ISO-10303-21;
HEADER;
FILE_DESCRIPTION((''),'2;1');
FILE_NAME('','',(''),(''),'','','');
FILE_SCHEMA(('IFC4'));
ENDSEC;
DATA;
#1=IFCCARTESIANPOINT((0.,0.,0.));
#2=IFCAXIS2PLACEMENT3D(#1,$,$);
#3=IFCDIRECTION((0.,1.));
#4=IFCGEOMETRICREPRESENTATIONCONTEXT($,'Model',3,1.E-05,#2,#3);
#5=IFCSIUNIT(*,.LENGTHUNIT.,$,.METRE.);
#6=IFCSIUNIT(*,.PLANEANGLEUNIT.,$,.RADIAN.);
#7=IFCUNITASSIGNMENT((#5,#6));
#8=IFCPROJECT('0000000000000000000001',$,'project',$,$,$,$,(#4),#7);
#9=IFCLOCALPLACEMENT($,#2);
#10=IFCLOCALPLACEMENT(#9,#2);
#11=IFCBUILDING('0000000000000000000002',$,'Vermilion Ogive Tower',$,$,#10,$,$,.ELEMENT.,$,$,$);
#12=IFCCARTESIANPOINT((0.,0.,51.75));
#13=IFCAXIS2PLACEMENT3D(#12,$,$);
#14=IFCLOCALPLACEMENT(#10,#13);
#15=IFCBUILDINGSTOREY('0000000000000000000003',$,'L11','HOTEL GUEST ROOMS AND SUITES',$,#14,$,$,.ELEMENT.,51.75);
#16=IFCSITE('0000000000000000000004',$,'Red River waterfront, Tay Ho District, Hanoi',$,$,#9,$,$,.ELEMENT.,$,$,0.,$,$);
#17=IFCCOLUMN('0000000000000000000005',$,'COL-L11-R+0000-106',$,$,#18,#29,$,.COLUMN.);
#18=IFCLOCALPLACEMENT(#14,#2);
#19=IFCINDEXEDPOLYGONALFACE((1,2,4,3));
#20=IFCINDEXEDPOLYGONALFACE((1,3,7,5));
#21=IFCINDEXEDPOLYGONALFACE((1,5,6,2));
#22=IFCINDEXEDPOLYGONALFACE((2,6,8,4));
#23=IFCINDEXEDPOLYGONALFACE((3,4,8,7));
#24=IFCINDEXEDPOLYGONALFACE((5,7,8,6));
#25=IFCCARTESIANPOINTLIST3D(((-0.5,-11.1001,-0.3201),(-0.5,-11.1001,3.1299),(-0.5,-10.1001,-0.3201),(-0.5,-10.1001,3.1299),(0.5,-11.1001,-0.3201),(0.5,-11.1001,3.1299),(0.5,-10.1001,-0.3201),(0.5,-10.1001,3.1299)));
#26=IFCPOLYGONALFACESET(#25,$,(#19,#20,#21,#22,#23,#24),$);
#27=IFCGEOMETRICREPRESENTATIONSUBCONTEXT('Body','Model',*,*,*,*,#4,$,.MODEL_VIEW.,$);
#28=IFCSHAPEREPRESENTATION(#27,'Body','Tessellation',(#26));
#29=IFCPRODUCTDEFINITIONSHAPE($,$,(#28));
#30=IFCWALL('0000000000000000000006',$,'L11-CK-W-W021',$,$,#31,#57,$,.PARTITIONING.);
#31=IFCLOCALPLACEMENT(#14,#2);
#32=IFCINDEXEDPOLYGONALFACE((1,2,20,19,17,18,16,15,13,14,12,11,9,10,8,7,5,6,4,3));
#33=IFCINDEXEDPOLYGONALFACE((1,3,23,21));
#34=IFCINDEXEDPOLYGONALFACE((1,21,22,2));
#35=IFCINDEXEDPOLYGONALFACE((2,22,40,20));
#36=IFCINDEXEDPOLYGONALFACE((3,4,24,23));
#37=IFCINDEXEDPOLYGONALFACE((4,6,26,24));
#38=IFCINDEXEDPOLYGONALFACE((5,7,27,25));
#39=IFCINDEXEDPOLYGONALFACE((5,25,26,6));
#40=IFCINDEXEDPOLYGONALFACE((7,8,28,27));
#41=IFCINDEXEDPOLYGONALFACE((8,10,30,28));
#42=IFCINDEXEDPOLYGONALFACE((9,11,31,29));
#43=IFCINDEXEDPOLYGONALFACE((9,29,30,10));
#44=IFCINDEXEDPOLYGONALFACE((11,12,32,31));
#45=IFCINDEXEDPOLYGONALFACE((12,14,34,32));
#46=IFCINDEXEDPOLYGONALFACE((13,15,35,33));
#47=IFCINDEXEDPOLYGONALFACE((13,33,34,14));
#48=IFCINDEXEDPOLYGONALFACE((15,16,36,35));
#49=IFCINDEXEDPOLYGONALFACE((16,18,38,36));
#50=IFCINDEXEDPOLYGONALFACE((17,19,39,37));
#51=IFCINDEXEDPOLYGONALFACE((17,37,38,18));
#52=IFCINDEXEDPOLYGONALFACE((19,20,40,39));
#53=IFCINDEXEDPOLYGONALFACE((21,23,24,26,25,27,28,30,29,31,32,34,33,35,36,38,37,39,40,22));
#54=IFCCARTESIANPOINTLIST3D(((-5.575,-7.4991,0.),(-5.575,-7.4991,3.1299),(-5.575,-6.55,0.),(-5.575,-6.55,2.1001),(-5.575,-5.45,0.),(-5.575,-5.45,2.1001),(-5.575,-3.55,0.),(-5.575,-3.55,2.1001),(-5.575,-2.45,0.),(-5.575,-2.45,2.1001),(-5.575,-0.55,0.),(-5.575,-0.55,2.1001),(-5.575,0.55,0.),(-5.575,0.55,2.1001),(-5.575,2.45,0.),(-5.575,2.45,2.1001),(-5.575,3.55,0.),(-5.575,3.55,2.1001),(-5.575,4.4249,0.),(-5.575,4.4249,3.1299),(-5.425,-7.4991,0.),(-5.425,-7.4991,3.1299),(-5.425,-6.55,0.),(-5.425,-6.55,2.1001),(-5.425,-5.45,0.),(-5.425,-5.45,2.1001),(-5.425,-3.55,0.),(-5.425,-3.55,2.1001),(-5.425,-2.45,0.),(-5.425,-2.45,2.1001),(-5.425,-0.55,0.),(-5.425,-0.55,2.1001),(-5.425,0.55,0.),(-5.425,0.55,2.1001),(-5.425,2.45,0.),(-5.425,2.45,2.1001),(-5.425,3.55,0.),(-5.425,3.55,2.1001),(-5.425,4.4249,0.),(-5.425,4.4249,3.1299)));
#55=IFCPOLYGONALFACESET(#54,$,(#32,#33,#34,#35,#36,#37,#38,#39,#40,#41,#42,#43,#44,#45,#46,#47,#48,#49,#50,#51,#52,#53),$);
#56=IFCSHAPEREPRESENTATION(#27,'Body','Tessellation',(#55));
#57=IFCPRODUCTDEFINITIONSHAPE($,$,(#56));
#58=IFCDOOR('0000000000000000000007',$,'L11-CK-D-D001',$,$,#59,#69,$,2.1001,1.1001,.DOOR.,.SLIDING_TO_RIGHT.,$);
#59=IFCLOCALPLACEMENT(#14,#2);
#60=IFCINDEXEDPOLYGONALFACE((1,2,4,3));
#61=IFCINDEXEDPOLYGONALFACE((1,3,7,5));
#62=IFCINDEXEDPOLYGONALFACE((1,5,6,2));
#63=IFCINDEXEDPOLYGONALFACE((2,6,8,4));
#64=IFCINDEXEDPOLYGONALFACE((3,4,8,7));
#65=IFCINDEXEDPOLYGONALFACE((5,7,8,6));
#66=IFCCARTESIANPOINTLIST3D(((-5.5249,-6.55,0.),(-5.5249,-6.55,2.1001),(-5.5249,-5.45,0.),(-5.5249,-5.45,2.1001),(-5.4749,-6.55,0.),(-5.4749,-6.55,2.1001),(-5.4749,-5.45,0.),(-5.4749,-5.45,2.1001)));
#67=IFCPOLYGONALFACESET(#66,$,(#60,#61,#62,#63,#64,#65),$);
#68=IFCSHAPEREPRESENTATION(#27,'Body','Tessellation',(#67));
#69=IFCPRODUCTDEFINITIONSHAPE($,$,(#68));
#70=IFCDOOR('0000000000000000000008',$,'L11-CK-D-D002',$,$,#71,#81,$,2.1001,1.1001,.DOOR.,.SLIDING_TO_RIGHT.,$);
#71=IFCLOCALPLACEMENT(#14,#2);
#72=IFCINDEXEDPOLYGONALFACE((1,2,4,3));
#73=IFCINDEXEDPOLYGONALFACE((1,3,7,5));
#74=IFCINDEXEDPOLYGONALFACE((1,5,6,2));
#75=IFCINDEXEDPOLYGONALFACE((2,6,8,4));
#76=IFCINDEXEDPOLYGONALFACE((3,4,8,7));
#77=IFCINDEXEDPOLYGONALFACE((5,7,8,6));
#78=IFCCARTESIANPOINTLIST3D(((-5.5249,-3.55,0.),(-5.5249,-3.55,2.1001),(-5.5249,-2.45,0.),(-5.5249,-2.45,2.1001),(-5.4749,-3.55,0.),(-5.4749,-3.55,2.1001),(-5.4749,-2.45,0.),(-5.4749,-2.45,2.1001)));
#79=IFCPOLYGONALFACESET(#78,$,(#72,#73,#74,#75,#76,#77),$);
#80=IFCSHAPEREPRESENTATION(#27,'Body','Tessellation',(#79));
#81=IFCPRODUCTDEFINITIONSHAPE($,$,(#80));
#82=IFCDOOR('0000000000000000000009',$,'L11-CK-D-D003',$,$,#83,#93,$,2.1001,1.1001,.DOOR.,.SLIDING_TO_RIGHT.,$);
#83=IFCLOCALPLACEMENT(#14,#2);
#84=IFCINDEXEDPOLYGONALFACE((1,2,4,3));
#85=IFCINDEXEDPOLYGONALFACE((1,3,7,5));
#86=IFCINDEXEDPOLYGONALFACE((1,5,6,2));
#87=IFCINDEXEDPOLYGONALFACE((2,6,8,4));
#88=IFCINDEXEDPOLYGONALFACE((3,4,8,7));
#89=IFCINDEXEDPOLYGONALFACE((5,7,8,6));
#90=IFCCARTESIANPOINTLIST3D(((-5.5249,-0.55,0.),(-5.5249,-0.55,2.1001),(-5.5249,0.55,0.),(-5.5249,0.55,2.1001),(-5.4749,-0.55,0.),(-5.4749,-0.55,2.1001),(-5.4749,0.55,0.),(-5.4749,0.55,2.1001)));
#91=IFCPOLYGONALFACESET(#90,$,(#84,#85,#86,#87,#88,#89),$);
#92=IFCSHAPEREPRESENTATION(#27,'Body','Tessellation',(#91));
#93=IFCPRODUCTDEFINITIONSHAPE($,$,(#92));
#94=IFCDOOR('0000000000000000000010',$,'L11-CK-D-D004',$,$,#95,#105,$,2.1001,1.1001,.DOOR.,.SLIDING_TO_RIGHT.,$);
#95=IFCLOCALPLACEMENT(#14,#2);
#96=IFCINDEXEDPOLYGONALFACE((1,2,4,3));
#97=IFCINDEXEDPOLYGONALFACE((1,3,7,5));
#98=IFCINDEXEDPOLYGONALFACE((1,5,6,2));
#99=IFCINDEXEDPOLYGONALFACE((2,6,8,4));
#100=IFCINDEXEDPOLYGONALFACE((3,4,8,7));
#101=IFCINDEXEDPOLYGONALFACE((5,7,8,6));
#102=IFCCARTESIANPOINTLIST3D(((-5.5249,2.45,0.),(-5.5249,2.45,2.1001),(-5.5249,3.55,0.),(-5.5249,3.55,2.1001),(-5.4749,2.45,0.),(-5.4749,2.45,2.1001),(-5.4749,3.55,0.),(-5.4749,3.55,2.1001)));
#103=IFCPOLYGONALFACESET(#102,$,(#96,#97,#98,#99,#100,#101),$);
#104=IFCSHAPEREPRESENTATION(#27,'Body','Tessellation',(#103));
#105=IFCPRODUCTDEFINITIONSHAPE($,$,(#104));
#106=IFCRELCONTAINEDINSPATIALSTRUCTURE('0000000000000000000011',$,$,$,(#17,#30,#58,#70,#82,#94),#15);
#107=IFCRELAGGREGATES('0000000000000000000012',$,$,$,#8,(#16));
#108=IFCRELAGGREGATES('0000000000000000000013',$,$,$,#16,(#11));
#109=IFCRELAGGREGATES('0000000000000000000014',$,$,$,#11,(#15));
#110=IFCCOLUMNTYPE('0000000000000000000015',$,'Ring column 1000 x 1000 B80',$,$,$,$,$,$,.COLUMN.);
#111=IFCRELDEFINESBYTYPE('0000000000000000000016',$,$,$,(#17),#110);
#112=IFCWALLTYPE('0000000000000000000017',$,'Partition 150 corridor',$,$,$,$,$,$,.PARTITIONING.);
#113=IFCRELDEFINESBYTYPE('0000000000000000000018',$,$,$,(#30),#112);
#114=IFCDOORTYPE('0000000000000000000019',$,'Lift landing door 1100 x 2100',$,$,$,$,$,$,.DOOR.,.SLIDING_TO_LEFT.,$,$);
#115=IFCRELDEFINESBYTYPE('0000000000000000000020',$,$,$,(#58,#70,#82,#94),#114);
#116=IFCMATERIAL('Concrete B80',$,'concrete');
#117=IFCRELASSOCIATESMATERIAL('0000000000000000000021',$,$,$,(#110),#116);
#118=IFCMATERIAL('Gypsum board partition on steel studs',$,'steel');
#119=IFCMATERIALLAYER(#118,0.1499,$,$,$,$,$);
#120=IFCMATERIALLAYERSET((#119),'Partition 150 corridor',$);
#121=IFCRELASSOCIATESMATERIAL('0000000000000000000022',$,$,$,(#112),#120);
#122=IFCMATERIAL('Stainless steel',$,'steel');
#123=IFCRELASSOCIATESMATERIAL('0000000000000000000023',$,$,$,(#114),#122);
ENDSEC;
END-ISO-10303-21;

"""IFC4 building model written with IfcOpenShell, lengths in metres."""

from ifc_helpers import new_model, si_unit, direction, frame, frame_2d, origin, origin_2d, place, context, subcontext, project, spatial, rectangle, extrude, material, layer, layer_set, material_profile, profile_set, type_object, element, fill, save


model = new_model("IFC4")

# Units and contexts
model_context = context("Model", 3, precision=1e-05, world=origin(), true_north=direction((0.0, 1.0)))
body_context = subcontext(model_context, "Body", "Model", "MODEL_VIEW")
ifc_project = project(units=[si_unit("LENGTHUNIT", "METRE"), si_unit("PLANEANGLEUNIT", "RADIAN")], contexts=[model_context])

# Site, building, storey
site_placement = place(None, origin())
site = spatial("IfcSite", under=ifc_project, at=site_placement, Name="Red River waterfront, Tay Ho District, Hanoi", CompositionType="ELEMENT", RefElevation=0.0)
building_placement = place(site_placement, origin())
building = spatial("IfcBuilding", under=site, at=building_placement, Name="Vermilion Ogive Tower", CompositionType="ELEMENT")
storey_placement = place(building_placement, frame((0.0, 0.0, 51.75)))
storey = spatial("IfcBuildingStorey", under=building, at=storey_placement, Name="L11", Description="HOTEL GUEST ROOMS AND SUITES", CompositionType="ELEMENT", Elevation=51.75)

# Column
ifc_material_1 = material(Name="Concrete B80", Category="concrete")
ifc_material_profile = material_profile(ifc_material_1, rectangle(XDim=1.0, YDim=1.0, at=origin_2d()), Name="1000 x 1000")
ifc_profile_set = profile_set([ifc_material_profile], Name="Concrete B80")
column_type = type_object("IfcColumnType", Name="Ring column 1000 x 1000 B80", PredefinedType="COLUMN", material=ifc_profile_set)
column_placement = place(storey_placement, frame((0.0, -10.6001, -0.3201), z_axis=(0.0, 0.0, 1.0), x_axis=(1.0, 0.0, 0.0)))
element("IfcColumn", 1, at=column_placement, inside=storey, type_object=column_type, Name="COL-L11-R+0000-106", PredefinedType="COLUMN", context=body_context, shape_type="SweptSolid", body=[
    extrude(rectangle(XDim=1.0, YDim=1.0, at=origin_2d()), origin(), (0.0, 0.0, 1.0), 3.45),
])

# Wall, openings, doors
ifc_material_2 = material(Name="Gypsum board partition on steel studs", Category="steel")
ifc_layer_1 = layer(ifc_material_2, 0.1499)
ifc_layer_set_1 = layer_set([ifc_layer_1], Name="Partition 150 corridor")
wall_type_1 = type_object("IfcWallType", Name="Partition 150 corridor", PredefinedType="PARTITIONING", material=ifc_layer_set_1)
wall_1_placement = place(storey_placement, frame((-5.5, -7.499, 0.0), z_axis=(0.0, 0.0, 1.0), x_axis=(0.0, 1.0, 0.0)))
wall_1 = element("IfcWall", 2, at=wall_1_placement, inside=storey, type_object=wall_type_1, Name="L11-CK-W-W021", PredefinedType="PARTITIONING", context=body_context, shape_type="SweptSolid", body=[
    extrude(rectangle(XDim=11.9241, YDim=0.1499, at=frame_2d((5.9619, 0.0))), origin(), (0.0, 0.0, 1.0), 3.1299),
])
opening_1_placement = place(wall_1_placement, frame((0.949, 0.0, 0.0)))
opening_1 = element("IfcOpeningElement", 3, at=opening_1_placement, cuts=wall_1, PredefinedType="OPENING", context=body_context, shape_type="SweptSolid", body=[
    extrude(rectangle(XDim=1.1001, YDim=2.1001, at=frame_2d((0.55, 1.05))), frame((0.0, 0.085, 0.0), z_axis=(0.0, -1.0, 0.0), x_axis=(1.0, 0.0, 0.0)), (0.0, 0.0, 1.0), 0.1699),
])
opening_2_placement = place(wall_1_placement, frame((3.949, 0.0, 0.0)))
opening_2 = element("IfcOpeningElement", 4, at=opening_2_placement, cuts=wall_1, PredefinedType="OPENING", context=body_context, shape_type="SweptSolid", body=[
    extrude(rectangle(XDim=1.1001, YDim=2.1001, at=frame_2d((0.55, 1.05))), frame((0.0, 0.085, 0.0), z_axis=(0.0, -1.0, 0.0), x_axis=(1.0, 0.0, 0.0)), (0.0, 0.0, 1.0), 0.1699),
])
opening_3_placement = place(wall_1_placement, frame((6.949, 0.0, 0.0)))
opening_3 = element("IfcOpeningElement", 5, at=opening_3_placement, cuts=wall_1, PredefinedType="OPENING", context=body_context, shape_type="SweptSolid", body=[
    extrude(rectangle(XDim=1.1001, YDim=2.1001, at=frame_2d((0.55, 1.05))), frame((0.0, 0.085, 0.0), z_axis=(0.0, -1.0, 0.0), x_axis=(1.0, 0.0, 0.0)), (0.0, 0.0, 1.0), 0.1699),
])
opening_4_placement = place(wall_1_placement, frame((9.949, 0.0, 0.0)))
opening_4 = element("IfcOpeningElement", 6, at=opening_4_placement, cuts=wall_1, PredefinedType="OPENING", context=body_context, shape_type="SweptSolid", body=[
    extrude(rectangle(XDim=1.1001, YDim=2.1001, at=frame_2d((0.55, 1.05))), frame((0.0, 0.085, 0.0), z_axis=(0.0, -1.0, 0.0), x_axis=(1.0, 0.0, 0.0)), (0.0, 0.0, 1.0), 0.1699),
])
ifc_material_3 = material(Name="Stainless steel", Category="steel")
door_type = type_object("IfcDoorType", Name="Lift landing door 1100 x 2100", OperationType="SLIDING_TO_LEFT", PredefinedType="DOOR", material=ifc_material_3)
door_1_placement = place(opening_1_placement, origin())
door_1 = element("IfcDoor", 7, at=door_1_placement, inside=storey, type_object=door_type, Name="L11-CK-D-D001", OperationType="SLIDING_TO_RIGHT", OverallHeight=2.1001, OverallWidth=1.1001, PredefinedType="DOOR", context=body_context, shape_type="SweptSolid", body=[
    extrude(rectangle(XDim=1.1001, YDim=2.1001, at=frame_2d((0.55, 1.05))), frame((0.0, 0.0249, 0.0), z_axis=(0.0, -1.0, 0.0), x_axis=(1.0, 0.0, 0.0)), (0.0, 0.0, 1.0), 0.05),
])
fill(opening_1, door_1)
door_2_placement = place(opening_2_placement, origin())
door_2 = element("IfcDoor", 8, at=door_2_placement, inside=storey, type_object=door_type, Name="L11-CK-D-D002", OperationType="SLIDING_TO_RIGHT", OverallHeight=2.1001, OverallWidth=1.1001, PredefinedType="DOOR", context=body_context, shape_type="SweptSolid", body=[
    extrude(rectangle(XDim=1.1001, YDim=2.1001, at=frame_2d((0.55, 1.05))), frame((0.0, 0.0249, 0.0), z_axis=(0.0, -1.0, 0.0), x_axis=(1.0, 0.0, 0.0)), (0.0, 0.0, 1.0), 0.05),
])
fill(opening_2, door_2)
door_3_placement = place(opening_3_placement, origin())
door_3 = element("IfcDoor", 9, at=door_3_placement, inside=storey, type_object=door_type, Name="L11-CK-D-D003", OperationType="SLIDING_TO_RIGHT", OverallHeight=2.1001, OverallWidth=1.1001, PredefinedType="DOOR", context=body_context, shape_type="SweptSolid", body=[
    extrude(rectangle(XDim=1.1001, YDim=2.1001, at=frame_2d((0.55, 1.05))), frame((0.0, 0.0249, 0.0), z_axis=(0.0, -1.0, 0.0), x_axis=(1.0, 0.0, 0.0)), (0.0, 0.0, 1.0), 0.05),
])
fill(opening_3, door_3)
door_4_placement = place(opening_4_placement, origin())
door_4 = element("IfcDoor", 10, at=door_4_placement, inside=storey, type_object=door_type, Name="L11-CK-D-D004", OperationType="SLIDING_TO_RIGHT", OverallHeight=2.1001, OverallWidth=1.1001, PredefinedType="DOOR", context=body_context, shape_type="SweptSolid", body=[
    extrude(rectangle(XDim=1.1001, YDim=2.1001, at=frame_2d((0.55, 1.05))), frame((0.0, 0.0249, 0.0), z_axis=(0.0, -1.0, 0.0), x_axis=(1.0, 0.0, 0.0)), (0.0, 0.0, 1.0), 0.05),
])
fill(opening_4, door_4)

save(model, "model.ifc")
